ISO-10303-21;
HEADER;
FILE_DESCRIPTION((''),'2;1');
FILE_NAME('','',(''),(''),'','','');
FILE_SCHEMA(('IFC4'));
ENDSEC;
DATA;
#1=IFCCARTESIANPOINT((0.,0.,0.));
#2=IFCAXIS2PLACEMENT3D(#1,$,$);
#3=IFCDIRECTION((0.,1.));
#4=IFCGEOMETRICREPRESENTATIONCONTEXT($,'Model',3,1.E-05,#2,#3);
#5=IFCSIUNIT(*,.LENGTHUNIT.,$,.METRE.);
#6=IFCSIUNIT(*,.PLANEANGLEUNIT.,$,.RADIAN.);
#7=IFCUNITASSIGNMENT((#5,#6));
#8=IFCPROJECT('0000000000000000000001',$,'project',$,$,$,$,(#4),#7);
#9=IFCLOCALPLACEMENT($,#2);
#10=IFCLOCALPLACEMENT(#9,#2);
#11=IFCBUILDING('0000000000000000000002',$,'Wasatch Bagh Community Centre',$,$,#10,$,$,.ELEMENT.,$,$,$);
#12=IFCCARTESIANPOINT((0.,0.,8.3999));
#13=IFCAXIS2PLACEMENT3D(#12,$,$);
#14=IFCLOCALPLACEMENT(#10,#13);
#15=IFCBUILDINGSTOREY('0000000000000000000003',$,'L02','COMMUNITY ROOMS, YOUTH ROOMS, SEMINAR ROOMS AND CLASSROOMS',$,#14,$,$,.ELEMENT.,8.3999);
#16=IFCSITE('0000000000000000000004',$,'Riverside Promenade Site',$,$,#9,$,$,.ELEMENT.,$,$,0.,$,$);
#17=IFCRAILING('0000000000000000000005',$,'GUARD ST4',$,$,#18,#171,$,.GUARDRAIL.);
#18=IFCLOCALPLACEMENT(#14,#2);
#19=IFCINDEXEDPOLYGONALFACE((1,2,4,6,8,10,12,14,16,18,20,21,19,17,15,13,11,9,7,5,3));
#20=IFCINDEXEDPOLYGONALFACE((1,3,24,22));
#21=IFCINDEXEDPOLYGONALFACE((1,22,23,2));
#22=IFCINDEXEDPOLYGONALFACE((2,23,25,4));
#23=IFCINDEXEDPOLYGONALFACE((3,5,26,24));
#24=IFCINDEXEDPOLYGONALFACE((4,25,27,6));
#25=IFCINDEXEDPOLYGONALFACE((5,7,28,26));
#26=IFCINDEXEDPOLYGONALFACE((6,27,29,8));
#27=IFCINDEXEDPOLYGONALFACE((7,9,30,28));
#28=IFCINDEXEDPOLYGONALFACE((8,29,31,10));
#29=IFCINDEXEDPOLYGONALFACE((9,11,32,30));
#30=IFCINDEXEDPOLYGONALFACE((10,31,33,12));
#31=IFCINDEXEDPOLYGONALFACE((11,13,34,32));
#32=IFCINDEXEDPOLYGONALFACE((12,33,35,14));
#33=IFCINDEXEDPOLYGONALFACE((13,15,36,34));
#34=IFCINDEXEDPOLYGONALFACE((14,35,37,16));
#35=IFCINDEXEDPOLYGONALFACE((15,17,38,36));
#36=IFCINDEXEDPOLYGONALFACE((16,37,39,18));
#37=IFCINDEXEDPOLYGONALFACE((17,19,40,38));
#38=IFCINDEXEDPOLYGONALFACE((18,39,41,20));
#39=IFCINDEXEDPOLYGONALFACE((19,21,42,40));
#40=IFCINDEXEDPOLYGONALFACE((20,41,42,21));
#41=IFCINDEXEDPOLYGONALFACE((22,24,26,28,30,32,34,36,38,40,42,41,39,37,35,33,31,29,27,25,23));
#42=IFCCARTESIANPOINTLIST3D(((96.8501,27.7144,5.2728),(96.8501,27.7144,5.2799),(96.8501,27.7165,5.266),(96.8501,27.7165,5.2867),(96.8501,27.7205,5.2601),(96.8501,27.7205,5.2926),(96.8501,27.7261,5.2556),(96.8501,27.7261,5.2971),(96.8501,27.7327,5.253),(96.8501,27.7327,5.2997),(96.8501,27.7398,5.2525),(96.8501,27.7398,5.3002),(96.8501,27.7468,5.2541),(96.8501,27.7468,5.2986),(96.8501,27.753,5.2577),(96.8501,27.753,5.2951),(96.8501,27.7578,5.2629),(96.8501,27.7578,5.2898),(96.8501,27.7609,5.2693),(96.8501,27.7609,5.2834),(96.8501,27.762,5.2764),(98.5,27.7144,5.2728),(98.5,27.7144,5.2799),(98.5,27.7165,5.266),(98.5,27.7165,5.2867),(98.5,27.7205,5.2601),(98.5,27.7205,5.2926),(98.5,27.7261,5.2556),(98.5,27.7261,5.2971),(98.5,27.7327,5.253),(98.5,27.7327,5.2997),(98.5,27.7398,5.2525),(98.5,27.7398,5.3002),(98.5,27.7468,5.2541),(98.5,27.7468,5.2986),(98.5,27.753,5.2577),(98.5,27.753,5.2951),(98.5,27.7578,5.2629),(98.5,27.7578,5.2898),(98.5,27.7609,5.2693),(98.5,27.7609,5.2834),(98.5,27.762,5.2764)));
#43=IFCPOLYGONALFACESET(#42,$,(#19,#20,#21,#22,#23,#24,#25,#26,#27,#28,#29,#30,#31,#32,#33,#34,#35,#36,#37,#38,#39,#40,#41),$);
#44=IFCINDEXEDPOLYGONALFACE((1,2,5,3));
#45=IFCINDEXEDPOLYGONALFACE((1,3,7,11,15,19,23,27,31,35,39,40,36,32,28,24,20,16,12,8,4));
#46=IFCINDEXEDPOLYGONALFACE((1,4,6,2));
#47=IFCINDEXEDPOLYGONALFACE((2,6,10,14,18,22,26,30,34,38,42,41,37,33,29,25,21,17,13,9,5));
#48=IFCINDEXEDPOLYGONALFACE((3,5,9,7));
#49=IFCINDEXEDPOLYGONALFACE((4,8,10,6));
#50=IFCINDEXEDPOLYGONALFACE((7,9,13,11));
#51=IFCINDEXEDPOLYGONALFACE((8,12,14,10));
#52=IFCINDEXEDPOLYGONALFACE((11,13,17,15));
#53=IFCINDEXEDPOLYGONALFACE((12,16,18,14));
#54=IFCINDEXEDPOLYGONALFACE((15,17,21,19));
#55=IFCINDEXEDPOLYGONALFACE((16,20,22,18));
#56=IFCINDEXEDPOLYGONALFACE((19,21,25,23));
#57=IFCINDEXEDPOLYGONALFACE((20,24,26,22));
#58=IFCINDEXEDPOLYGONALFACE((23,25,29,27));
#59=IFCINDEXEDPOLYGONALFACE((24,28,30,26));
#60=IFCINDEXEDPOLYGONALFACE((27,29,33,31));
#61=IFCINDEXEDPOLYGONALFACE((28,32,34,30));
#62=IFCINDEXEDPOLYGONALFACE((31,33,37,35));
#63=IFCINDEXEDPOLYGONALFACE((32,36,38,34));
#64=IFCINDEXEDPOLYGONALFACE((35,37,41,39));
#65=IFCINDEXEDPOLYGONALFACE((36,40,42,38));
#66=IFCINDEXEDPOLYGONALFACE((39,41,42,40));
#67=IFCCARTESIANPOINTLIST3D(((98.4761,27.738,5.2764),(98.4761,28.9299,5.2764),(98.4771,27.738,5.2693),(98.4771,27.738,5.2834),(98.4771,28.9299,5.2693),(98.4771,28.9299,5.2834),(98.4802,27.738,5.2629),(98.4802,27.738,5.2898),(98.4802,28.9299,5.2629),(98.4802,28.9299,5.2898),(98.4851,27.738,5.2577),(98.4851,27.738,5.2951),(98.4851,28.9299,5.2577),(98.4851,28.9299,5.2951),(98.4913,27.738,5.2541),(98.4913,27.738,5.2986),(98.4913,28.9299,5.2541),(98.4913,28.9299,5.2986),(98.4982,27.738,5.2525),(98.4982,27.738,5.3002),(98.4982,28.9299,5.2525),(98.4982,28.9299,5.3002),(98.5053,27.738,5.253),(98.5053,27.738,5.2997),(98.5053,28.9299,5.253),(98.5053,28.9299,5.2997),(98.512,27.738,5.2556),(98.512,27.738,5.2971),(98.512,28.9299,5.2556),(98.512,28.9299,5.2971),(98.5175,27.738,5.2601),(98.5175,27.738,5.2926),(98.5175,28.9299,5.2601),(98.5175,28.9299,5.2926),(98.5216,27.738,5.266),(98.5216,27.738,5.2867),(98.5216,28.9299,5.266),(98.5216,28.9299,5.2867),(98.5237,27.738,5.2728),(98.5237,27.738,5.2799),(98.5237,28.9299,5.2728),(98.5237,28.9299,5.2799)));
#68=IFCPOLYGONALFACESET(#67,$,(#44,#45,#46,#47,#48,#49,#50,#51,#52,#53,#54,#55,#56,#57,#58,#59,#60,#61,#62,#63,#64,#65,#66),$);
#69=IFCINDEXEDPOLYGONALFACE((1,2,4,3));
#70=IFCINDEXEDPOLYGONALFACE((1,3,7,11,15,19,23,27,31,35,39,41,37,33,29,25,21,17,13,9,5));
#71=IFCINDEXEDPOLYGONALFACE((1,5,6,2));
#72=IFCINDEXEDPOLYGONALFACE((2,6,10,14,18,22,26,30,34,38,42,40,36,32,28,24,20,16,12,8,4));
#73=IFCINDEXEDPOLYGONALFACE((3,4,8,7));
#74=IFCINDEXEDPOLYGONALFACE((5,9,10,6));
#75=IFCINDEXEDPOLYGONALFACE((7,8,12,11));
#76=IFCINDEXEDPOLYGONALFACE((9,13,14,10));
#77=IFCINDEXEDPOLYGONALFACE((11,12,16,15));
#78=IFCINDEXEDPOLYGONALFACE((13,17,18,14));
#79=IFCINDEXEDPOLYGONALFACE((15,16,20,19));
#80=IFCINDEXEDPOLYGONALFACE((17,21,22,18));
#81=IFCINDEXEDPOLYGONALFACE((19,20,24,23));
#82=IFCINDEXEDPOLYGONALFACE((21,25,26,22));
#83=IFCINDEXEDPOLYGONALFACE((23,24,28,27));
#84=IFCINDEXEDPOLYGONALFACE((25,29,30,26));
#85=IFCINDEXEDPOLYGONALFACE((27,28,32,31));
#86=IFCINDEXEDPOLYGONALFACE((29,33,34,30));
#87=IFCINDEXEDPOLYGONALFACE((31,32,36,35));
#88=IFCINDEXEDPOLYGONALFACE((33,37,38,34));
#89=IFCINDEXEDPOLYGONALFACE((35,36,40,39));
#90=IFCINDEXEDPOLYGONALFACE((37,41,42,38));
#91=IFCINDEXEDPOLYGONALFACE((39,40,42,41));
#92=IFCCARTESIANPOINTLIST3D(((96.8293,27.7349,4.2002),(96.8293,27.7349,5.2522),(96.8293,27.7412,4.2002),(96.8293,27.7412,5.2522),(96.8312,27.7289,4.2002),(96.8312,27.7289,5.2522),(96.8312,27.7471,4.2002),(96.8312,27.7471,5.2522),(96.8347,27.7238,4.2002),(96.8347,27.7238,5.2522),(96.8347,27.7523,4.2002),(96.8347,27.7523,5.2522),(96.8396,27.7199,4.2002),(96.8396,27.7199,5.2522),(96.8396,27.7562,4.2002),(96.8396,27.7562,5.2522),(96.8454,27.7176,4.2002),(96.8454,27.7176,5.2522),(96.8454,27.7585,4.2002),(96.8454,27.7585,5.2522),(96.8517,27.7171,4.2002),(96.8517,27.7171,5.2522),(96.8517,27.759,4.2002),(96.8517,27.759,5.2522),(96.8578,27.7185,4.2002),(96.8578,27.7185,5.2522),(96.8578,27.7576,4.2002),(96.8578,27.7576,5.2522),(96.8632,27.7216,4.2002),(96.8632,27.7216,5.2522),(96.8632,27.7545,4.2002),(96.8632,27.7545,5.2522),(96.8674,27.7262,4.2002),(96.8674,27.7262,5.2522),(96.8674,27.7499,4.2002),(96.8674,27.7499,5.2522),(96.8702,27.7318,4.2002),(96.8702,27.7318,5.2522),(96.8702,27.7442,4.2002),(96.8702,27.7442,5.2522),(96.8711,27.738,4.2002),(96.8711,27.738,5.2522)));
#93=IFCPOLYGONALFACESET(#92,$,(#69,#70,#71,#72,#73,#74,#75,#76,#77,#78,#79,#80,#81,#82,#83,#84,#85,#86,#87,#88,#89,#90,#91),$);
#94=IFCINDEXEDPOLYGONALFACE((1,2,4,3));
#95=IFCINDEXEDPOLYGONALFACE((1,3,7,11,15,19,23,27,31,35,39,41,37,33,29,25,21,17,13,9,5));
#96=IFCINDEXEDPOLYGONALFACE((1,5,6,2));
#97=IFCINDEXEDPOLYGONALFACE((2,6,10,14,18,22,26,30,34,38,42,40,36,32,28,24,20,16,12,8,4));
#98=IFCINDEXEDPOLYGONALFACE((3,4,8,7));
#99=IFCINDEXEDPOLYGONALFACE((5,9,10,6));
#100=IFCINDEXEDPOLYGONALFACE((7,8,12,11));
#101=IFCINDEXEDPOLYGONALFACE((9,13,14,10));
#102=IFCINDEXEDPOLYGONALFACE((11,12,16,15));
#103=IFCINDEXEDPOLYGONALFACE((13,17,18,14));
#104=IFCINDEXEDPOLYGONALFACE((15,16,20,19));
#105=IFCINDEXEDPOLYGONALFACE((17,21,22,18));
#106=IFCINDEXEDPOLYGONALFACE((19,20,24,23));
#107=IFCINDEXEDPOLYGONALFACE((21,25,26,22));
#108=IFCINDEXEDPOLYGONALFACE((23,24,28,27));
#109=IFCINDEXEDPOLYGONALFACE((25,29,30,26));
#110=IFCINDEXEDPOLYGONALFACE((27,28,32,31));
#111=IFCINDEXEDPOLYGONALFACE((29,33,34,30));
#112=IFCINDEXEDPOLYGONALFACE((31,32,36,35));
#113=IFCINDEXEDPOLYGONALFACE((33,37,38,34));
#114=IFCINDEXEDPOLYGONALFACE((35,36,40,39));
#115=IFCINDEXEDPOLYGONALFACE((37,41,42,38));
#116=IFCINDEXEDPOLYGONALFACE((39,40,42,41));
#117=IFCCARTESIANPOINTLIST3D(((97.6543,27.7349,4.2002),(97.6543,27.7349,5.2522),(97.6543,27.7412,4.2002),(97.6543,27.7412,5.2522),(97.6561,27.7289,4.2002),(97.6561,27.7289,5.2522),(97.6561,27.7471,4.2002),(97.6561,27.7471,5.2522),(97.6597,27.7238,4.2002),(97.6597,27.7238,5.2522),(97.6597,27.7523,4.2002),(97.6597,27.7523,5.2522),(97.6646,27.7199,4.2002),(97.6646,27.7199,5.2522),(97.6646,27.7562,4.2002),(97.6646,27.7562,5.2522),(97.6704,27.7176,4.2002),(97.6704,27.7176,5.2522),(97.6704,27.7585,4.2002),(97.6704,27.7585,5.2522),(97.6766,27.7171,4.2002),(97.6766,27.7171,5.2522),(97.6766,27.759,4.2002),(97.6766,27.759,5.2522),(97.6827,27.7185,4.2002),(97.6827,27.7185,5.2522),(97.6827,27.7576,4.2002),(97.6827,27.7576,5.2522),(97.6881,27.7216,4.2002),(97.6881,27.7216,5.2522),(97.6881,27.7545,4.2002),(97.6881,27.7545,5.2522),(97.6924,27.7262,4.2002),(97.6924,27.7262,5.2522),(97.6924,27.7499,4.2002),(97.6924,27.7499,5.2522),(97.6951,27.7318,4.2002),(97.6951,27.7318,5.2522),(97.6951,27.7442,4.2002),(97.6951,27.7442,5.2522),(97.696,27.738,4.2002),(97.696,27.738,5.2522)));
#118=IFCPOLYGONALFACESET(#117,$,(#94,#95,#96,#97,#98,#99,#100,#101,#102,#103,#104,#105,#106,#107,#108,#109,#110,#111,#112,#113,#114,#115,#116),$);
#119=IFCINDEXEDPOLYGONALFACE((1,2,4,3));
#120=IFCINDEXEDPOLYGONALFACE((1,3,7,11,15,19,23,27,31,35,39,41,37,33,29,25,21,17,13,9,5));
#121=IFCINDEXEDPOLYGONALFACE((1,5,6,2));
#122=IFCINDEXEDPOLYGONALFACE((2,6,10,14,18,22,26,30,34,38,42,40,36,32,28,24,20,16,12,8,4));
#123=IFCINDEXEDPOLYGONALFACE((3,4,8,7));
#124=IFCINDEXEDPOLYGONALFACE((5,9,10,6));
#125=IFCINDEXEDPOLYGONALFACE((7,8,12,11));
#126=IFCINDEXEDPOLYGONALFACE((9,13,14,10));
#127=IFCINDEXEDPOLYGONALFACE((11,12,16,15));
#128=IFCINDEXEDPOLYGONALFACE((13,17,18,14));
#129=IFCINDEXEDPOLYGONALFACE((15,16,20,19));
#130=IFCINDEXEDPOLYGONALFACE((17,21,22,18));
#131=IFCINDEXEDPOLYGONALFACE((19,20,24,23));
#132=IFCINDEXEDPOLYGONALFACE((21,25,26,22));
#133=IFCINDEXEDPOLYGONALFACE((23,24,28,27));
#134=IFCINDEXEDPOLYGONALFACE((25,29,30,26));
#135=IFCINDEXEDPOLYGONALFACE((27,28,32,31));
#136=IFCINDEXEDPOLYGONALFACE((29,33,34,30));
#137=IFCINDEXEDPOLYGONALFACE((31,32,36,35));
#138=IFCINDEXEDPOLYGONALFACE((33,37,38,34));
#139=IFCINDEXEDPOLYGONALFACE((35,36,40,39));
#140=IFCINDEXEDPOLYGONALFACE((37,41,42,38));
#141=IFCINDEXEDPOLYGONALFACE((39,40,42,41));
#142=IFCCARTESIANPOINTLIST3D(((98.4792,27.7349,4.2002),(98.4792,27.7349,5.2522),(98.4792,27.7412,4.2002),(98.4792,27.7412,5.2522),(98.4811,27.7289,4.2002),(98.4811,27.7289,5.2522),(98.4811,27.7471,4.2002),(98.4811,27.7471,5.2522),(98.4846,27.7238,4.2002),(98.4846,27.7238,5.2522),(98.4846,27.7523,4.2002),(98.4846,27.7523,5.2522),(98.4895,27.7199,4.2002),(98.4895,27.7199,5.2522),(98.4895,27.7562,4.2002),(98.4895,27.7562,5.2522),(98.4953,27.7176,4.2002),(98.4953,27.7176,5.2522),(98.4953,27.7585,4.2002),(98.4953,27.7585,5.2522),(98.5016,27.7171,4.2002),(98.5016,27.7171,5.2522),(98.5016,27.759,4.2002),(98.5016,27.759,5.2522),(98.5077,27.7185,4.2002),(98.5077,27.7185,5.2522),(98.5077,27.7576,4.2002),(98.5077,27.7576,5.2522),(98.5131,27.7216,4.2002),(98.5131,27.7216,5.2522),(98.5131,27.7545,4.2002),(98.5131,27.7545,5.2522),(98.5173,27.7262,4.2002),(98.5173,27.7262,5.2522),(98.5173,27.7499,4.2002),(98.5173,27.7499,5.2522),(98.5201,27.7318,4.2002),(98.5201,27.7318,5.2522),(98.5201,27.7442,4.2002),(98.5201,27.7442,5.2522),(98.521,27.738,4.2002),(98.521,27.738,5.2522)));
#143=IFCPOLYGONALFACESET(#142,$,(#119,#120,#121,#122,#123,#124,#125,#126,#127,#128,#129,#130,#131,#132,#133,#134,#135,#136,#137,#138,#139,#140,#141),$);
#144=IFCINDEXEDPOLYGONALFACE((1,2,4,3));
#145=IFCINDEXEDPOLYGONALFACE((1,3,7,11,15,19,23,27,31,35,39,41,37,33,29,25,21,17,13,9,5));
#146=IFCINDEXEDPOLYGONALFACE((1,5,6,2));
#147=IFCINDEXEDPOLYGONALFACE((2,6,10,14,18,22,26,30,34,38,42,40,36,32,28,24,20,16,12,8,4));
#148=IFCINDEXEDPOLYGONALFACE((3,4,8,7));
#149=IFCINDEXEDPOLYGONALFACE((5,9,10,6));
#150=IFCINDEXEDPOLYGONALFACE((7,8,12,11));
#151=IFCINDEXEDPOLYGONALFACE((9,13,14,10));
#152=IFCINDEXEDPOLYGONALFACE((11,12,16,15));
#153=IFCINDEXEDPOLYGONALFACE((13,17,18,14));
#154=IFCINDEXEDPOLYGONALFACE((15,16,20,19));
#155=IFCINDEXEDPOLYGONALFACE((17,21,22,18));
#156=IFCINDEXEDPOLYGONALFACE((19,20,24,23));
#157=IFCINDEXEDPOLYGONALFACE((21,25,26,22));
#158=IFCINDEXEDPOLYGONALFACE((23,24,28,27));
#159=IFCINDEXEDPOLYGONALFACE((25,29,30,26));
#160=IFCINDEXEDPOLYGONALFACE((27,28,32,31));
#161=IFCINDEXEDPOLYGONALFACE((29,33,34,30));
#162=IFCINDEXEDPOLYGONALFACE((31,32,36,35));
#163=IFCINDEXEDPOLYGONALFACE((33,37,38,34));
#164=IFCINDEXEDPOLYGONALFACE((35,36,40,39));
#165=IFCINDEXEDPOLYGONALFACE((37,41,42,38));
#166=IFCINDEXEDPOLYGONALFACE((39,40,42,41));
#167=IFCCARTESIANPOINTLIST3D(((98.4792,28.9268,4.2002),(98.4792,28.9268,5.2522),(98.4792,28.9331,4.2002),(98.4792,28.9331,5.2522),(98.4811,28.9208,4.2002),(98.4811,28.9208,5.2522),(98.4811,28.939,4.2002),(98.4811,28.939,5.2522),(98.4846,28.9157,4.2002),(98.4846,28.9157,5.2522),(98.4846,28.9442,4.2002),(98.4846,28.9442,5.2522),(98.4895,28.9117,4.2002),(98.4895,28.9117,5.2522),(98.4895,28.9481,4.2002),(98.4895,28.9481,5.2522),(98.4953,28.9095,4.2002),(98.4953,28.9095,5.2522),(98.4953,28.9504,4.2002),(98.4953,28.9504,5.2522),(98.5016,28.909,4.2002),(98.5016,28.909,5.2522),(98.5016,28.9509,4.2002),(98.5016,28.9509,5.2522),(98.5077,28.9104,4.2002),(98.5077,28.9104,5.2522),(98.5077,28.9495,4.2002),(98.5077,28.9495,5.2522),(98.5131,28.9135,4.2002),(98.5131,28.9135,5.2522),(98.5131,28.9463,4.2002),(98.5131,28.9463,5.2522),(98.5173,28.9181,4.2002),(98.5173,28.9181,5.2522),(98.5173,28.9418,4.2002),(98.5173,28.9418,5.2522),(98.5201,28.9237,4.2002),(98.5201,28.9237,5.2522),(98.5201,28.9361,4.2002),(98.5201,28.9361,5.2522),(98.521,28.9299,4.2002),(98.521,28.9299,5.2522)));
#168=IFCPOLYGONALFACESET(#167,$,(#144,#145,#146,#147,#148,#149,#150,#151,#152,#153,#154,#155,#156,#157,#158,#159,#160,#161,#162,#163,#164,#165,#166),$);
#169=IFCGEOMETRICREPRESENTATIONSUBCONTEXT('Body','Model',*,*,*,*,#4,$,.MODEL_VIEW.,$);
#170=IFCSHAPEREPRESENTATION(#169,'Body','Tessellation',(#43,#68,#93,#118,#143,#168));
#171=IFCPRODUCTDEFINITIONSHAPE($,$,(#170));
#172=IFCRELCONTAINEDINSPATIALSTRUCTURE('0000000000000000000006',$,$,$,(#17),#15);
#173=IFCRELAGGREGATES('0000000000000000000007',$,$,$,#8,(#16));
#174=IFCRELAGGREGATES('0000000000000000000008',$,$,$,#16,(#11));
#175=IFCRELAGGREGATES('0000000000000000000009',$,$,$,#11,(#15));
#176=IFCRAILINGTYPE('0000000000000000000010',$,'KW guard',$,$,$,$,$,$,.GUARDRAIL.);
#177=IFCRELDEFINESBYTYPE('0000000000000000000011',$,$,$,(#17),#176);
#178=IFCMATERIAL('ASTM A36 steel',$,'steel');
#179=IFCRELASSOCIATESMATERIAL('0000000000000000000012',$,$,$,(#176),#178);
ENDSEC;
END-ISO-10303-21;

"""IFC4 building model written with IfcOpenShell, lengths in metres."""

from ifc_helpers import new_model, si_unit, direction, frame, origin, origin_2d, place, context, subcontext, project, spatial, circle, extrude, material, type_object, element, save


model = new_model("IFC4")

# Units and contexts
model_context = context("Model", 3, precision=1e-05, world=origin(), true_north=direction((0.0, 1.0)))
body_context = subcontext(model_context, "Body", "Model", "MODEL_VIEW")
ifc_project = project(units=[si_unit("LENGTHUNIT", "METRE"), si_unit("PLANEANGLEUNIT", "RADIAN")], contexts=[model_context])

# Site, building, storey
site_placement = place(None, origin())
site = spatial("IfcSite", under=ifc_project, at=site_placement, Name="Riverside Promenade Site", CompositionType="ELEMENT", RefElevation=0.0)
building_placement = place(site_placement, origin())
building = spatial("IfcBuilding", under=site, at=building_placement, Name="Wasatch Bagh Community Centre", CompositionType="ELEMENT")
storey_placement = place(building_placement, frame((0.0, 0.0, 8.3999)))
storey = spatial("IfcBuildingStorey", under=building, at=storey_placement, Name="L02", Description="COMMUNITY ROOMS, YOUTH ROOMS, SEMINAR ROOMS AND CLASSROOMS", CompositionType="ELEMENT", Elevation=8.3999)

# Railing
ifc_material_1 = material(Name="ASTM A36 steel", Category="steel")
railing_type_1 = type_object("IfcRailingType", Name="KW guard", PredefinedType="GUARDRAIL", material=ifc_material_1)
railing_1_placement = place(storey_placement, frame((96.8501, 27.738, 4.2002)))
element("IfcRailing", 1, at=railing_1_placement, inside=storey, type_object=railing_type_1, Name="GUARD ST4", PredefinedType="GUARDRAIL", context=body_context, shape_type="SweptSolid", body=[
    extrude(circle(Radius=0.0239, at=origin_2d()), frame((0.0, 0.0, 1.0762), z_axis=(1.0, 0.0, 0.0), x_axis=(0.0, 1.0, 0.0)), (0.0, 0.0, 1.0), 1.6499),
    extrude(circle(Radius=0.0239, at=origin_2d()), frame((1.6499, 0.0, 1.0762), z_axis=(0.0, 1.0, 0.0), x_axis=(-1.0, 0.0, 0.0)), (0.0, 0.0, 1.0), 1.1919),
    extrude(circle(Radius=0.021, at=origin_2d()), origin(), (0.0, 0.0, 1.0), 1.052),
    extrude(circle(Radius=0.021, at=origin_2d()), frame((0.825, 0.0, 0.0)), (0.0, 0.0, 1.0), 1.052),
    extrude(circle(Radius=0.021, at=origin_2d()), frame((1.6499, 0.0, 0.0)), (0.0, 0.0, 1.0), 1.052),
    extrude(circle(Radius=0.021, at=origin_2d()), frame((1.6499, 1.1919, 0.0)), (0.0, 0.0, 1.0), 1.052),
])

save(model, "model.ifc")
